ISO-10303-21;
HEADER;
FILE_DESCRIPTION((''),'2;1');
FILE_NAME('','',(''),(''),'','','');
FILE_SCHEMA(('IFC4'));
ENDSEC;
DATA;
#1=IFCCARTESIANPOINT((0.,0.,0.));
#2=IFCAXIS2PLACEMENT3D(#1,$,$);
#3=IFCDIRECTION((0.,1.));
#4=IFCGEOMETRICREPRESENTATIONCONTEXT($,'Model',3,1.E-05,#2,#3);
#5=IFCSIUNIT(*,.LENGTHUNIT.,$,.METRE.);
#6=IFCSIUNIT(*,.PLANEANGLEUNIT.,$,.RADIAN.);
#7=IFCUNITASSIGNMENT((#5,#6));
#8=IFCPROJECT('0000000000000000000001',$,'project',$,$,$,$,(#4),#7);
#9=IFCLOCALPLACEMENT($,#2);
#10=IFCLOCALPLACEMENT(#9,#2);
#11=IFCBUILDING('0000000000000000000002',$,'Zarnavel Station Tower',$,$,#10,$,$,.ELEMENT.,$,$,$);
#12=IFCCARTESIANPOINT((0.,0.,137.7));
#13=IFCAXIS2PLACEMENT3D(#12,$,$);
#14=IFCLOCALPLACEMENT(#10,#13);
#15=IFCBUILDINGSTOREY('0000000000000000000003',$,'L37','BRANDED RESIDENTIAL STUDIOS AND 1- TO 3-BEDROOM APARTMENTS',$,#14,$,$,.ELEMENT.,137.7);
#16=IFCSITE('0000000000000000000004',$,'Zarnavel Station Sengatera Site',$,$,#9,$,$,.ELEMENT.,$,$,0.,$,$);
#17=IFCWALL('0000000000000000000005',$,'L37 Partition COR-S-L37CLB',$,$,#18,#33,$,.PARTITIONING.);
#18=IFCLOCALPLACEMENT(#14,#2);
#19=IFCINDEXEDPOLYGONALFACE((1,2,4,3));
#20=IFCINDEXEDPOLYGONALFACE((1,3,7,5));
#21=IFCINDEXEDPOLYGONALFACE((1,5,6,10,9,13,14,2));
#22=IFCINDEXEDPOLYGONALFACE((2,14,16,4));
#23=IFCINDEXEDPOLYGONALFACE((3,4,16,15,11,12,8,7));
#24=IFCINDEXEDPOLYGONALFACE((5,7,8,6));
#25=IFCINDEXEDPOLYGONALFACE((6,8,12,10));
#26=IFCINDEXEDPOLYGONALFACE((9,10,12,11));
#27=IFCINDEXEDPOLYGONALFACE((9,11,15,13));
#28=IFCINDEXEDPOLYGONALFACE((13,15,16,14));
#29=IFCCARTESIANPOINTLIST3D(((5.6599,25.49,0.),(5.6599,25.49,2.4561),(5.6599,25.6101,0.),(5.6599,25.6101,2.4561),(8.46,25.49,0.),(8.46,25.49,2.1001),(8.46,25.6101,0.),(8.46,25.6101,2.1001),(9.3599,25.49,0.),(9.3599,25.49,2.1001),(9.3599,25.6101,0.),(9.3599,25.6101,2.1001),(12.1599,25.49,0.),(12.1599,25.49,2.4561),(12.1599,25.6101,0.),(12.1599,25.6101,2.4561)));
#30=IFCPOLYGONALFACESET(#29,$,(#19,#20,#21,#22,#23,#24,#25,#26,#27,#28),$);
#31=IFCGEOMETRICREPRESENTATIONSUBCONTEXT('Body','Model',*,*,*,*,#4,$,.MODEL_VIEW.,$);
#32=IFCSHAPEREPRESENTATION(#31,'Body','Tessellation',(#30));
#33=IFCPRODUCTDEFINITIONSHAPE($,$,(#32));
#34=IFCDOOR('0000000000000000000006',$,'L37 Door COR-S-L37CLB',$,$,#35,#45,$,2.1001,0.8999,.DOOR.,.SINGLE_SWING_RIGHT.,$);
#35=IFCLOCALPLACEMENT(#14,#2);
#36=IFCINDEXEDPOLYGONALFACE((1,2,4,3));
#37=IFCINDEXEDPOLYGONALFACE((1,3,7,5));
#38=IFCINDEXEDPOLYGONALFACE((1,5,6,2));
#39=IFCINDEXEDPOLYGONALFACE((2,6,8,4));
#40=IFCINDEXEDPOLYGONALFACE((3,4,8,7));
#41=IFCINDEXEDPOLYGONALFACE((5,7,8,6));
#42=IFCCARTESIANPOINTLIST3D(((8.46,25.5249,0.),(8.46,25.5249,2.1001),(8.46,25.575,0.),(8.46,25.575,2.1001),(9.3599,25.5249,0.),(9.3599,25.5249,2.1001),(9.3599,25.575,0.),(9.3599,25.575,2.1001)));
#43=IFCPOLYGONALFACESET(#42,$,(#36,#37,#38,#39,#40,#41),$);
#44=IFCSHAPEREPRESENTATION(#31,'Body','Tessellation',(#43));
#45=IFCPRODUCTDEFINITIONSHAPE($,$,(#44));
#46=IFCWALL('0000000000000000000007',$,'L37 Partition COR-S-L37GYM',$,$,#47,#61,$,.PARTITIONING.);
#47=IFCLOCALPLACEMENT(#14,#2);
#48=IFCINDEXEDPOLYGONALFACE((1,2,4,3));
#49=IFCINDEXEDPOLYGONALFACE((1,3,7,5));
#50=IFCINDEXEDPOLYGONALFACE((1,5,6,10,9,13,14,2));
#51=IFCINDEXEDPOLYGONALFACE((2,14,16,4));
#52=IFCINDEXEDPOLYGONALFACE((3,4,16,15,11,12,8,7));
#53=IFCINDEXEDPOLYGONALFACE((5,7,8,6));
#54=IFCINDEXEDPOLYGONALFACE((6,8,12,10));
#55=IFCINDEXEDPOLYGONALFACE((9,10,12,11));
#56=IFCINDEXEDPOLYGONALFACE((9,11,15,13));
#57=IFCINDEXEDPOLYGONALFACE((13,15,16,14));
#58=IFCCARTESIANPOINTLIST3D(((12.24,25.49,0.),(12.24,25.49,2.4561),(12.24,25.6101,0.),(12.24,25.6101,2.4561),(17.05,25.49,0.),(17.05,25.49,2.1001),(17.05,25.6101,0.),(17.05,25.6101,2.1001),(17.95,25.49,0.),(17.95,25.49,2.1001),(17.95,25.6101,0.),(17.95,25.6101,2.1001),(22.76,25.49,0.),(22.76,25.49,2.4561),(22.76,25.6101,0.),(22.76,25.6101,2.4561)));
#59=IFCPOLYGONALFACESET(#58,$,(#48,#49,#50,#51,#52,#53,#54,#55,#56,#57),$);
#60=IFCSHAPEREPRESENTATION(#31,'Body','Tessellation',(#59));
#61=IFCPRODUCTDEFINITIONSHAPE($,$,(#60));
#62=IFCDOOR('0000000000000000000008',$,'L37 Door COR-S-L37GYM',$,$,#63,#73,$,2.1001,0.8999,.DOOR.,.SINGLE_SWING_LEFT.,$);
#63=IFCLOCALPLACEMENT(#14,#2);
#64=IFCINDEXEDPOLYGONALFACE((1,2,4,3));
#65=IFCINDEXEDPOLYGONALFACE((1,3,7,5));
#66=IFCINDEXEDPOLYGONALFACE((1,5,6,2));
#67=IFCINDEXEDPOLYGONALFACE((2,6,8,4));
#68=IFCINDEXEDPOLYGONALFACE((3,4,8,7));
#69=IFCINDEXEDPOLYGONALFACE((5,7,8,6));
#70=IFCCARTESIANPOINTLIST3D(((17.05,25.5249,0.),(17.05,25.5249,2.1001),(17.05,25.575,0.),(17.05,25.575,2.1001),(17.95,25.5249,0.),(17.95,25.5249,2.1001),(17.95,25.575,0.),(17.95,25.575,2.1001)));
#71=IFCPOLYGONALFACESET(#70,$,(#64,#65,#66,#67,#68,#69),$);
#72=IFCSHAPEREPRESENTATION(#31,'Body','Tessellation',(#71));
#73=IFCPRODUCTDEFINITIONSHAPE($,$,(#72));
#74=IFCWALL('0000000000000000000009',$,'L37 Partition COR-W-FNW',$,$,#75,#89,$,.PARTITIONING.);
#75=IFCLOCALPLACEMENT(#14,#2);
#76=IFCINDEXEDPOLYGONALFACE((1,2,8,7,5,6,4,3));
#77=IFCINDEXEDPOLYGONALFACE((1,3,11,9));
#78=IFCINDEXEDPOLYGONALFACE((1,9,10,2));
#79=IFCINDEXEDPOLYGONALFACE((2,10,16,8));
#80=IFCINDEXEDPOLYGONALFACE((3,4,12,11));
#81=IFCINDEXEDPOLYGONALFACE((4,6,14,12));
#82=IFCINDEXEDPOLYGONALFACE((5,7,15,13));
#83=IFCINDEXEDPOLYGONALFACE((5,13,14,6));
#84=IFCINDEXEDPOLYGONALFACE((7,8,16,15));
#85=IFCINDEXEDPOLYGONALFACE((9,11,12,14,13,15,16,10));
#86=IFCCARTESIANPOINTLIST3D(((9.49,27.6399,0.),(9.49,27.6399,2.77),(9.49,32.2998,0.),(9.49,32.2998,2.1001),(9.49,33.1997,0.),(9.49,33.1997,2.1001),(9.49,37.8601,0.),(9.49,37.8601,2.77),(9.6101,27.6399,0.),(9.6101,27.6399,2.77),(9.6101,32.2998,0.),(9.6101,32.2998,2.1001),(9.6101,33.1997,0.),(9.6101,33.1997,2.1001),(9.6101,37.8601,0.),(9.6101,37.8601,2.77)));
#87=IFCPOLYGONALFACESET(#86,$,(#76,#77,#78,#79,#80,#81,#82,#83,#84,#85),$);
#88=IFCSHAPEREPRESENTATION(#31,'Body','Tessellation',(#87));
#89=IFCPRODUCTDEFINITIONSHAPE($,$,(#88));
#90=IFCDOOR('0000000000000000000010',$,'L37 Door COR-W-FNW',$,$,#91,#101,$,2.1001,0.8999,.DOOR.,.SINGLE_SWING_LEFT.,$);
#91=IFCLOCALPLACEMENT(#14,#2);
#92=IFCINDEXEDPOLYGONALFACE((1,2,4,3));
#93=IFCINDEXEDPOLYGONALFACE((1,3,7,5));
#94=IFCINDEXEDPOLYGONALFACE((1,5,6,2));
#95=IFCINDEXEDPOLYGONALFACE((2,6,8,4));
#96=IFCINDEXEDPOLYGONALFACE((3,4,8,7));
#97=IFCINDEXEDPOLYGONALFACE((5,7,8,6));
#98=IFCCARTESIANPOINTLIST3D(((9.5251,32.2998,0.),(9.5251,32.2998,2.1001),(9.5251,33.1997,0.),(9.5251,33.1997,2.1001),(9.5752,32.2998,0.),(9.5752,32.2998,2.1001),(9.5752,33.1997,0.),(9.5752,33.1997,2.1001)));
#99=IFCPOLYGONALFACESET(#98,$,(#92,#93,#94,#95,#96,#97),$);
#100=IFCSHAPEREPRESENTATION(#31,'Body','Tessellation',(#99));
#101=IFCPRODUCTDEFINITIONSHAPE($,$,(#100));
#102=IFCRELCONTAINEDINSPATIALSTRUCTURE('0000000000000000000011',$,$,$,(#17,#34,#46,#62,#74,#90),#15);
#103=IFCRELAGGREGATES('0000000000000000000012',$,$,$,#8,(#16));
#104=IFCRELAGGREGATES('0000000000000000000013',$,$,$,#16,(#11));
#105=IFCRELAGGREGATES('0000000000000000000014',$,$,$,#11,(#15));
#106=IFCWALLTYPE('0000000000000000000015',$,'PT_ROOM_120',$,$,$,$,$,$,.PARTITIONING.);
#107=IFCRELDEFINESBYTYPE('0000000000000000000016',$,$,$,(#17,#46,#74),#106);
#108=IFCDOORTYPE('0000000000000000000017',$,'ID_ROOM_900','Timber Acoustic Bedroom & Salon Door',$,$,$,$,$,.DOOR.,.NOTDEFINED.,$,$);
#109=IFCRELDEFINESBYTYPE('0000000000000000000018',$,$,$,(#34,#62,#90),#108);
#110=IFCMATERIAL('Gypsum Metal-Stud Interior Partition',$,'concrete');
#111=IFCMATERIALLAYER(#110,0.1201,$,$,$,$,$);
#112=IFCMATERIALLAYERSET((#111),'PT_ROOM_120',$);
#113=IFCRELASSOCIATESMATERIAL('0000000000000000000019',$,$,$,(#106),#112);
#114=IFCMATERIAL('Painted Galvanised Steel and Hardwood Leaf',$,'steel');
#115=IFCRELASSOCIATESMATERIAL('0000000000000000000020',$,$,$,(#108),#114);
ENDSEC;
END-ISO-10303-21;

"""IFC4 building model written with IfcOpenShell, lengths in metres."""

from ifc_helpers import new_model, si_unit, direction, frame, frame_2d, origin, place, context, subcontext, project, spatial, rectangle, extrude, material, layer, layer_set, type_object, element, fill, save


model = new_model("IFC4")

# Units and contexts
model_context = context("Model", 3, precision=1e-05, world=origin(), true_north=direction((0.0, 1.0)))
body_context = subcontext(model_context, "Body", "Model", "MODEL_VIEW")
ifc_project = project(units=[si_unit("LENGTHUNIT", "METRE"), si_unit("PLANEANGLEUNIT", "RADIAN")], contexts=[model_context])

# Site, building, storey
site_placement = place(None, origin())
site = spatial("IfcSite", under=ifc_project, at=site_placement, Name="Zarnavel Station Sengatera Site", CompositionType="ELEMENT", RefElevation=0.0)
building_placement = place(site_placement, origin())
building = spatial("IfcBuilding", under=site, at=building_placement, Name="Zarnavel Station Tower", CompositionType="ELEMENT")
storey_placement = place(building_placement, frame((0.0, 0.0, 137.7)))
storey = spatial("IfcBuildingStorey", under=building, at=storey_placement, Name="L37", Description="BRANDED RESIDENTIAL STUDIOS AND 1- TO 3-BEDROOM APARTMENTS", CompositionType="ELEMENT", Elevation=137.7)

# Walls, openings, doors
ifc_material_1 = material(Name="Gypsum Metal-Stud Interior Partition", Category="concrete")
ifc_layer_1 = layer(ifc_material_1, 0.1201)
ifc_layer_set_1 = layer_set([ifc_layer_1], Name="PT_ROOM_120")
wall_type_1 = type_object("IfcWallType", Name="PT_ROOM_120", PredefinedType="PARTITIONING", material=ifc_layer_set_1)
ifc_material_2 = material(Name="Painted Galvanised Steel and Hardwood Leaf", Category="steel")
door_type = type_object("IfcDoorType", Name="ID_ROOM_900", Description="Timber Acoustic Bedroom & Salon Door", OperationType="NOTDEFINED", PredefinedType="DOOR", material=ifc_material_2)
wall_1_placement = place(storey_placement, frame((5.6599, 25.55, 0.0), z_axis=(0.0, 0.0, 1.0), x_axis=(1.0, 0.0, 0.0)))
wall_1 = element("IfcWall", 1, at=wall_1_placement, inside=storey, type_object=wall_type_1, Name="L37 Partition COR-S-L37CLB", PredefinedType="PARTITIONING", context=body_context, shape_type="SweptSolid", body=[
    extrude(rectangle(XDim=6.5, YDim=0.1201, at=frame_2d((3.25, 0.0))), origin(), (0.0, 0.0, 1.0), 2.4561),
])
opening_1_placement = place(wall_1_placement, frame((2.8, 0.0, 0.0)))
opening_1 = element("IfcOpeningElement", 2, at=opening_1_placement, cuts=wall_1, PredefinedType="OPENING", context=body_context, shape_type="SweptSolid", body=[
    extrude(rectangle(XDim=0.8999, YDim=2.1001, at=frame_2d((0.45, 1.05))), frame((0.0, 0.0701, 0.0), z_axis=(0.0, -1.0, 0.0), x_axis=(1.0, 0.0, 0.0)), (0.0, 0.0, 1.0), 0.1401),
])
door_1_placement = place(opening_1_placement, origin())
door_1 = element("IfcDoor", 3, at=door_1_placement, inside=storey, type_object=door_type, Name="L37 Door COR-S-L37CLB", OperationType="SINGLE_SWING_RIGHT", OverallHeight=2.1001, OverallWidth=0.8999, PredefinedType="DOOR", context=body_context, shape_type="SweptSolid", body=[
    extrude(rectangle(XDim=0.8999, YDim=2.1001, at=frame_2d((0.45, 1.05))), frame((0.0, 0.0249, 0.0), z_axis=(0.0, -1.0, 0.0), x_axis=(1.0, 0.0, 0.0)), (0.0, 0.0, 1.0), 0.05),
])
fill(opening_1, door_1)
wall_2_placement = place(storey_placement, frame((12.24, 25.55, 0.0), z_axis=(0.0, 0.0, 1.0), x_axis=(1.0, 0.0, 0.0)))
wall_2 = element("IfcWall", 4, at=wall_2_placement, inside=storey, type_object=wall_type_1, Name="L37 Partition COR-S-L37GYM", PredefinedType="PARTITIONING", context=body_context, shape_type="SweptSolid", body=[
    extrude(rectangle(XDim=10.52, YDim=0.1201, at=frame_2d((5.26, 0.0))), origin(), (0.0, 0.0, 1.0), 2.4561),
])
opening_2_placement = place(wall_2_placement, frame((4.8101, 0.0, 0.0)))
opening_2 = element("IfcOpeningElement", 5, at=opening_2_placement, cuts=wall_2, PredefinedType="OPENING", context=body_context, shape_type="SweptSolid", body=[
    extrude(rectangle(XDim=0.8999, YDim=2.1001, at=frame_2d((0.45, 1.05))), frame((0.0, 0.0701, 0.0), z_axis=(0.0, -1.0, 0.0), x_axis=(1.0, 0.0, 0.0)), (0.0, 0.0, 1.0), 0.1401),
])
door_2_placement = place(opening_2_placement, origin())
door_2 = element("IfcDoor", 6, at=door_2_placement, inside=storey, type_object=door_type, Name="L37 Door COR-S-L37GYM", OperationType="SINGLE_SWING_LEFT", OverallHeight=2.1001, OverallWidth=0.8999, PredefinedType="DOOR", context=body_context, shape_type="SweptSolid", body=[
    extrude(rectangle(XDim=0.8999, YDim=2.1001, at=frame_2d((0.45, 1.05))), frame((0.0, 0.0249, 0.0), z_axis=(0.0, -1.0, 0.0), x_axis=(1.0, 0.0, 0.0)), (0.0, 0.0, 1.0), 0.05),
])
fill(opening_2, door_2)
wall_3_placement = place(storey_placement, frame((9.55, 27.6399, 0.0), z_axis=(0.0, 0.0, 1.0), x_axis=(0.0, 1.0, 0.0)))
wall_3 = element("IfcWall", 7, at=wall_3_placement, inside=storey, type_object=wall_type_1, Name="L37 Partition COR-W-FNW", PredefinedType="PARTITIONING", context=body_context, shape_type="SweptSolid", body=[
    extrude(rectangle(XDim=10.2202, YDim=0.1201, at=frame_2d((5.1101, 0.0))), origin(), (0.0, 0.0, 1.0), 2.77),
])
opening_3_placement = place(wall_3_placement, frame((4.6599, 0.0, 0.0)))
opening_3 = element("IfcOpeningElement", 8, at=opening_3_placement, cuts=wall_3, PredefinedType="OPENING", context=body_context, shape_type="SweptSolid", body=[
    extrude(rectangle(XDim=0.8999, YDim=2.1001, at=frame_2d((0.45, 1.05))), frame((0.0, 0.0701, 0.0), z_axis=(0.0, -1.0, 0.0), x_axis=(1.0, 0.0, 0.0)), (0.0, 0.0, 1.0), 0.1401),
])
door_3_placement = place(opening_3_placement, origin())
door_3 = element("IfcDoor", 9, at=door_3_placement, inside=storey, type_object=door_type, Name="L37 Door COR-W-FNW", OperationType="SINGLE_SWING_LEFT", OverallHeight=2.1001, OverallWidth=0.8999, PredefinedType="DOOR", context=body_context, shape_type="SweptSolid", body=[
    extrude(rectangle(XDim=0.8999, YDim=2.1001, at=frame_2d((0.45, 1.05))), frame((0.0, 0.0249, 0.0), z_axis=(0.0, -1.0, 0.0), x_axis=(1.0, 0.0, 0.0)), (0.0, 0.0, 1.0), 0.05),
])
fill(opening_3, door_3)

save(model, "model.ifc")
